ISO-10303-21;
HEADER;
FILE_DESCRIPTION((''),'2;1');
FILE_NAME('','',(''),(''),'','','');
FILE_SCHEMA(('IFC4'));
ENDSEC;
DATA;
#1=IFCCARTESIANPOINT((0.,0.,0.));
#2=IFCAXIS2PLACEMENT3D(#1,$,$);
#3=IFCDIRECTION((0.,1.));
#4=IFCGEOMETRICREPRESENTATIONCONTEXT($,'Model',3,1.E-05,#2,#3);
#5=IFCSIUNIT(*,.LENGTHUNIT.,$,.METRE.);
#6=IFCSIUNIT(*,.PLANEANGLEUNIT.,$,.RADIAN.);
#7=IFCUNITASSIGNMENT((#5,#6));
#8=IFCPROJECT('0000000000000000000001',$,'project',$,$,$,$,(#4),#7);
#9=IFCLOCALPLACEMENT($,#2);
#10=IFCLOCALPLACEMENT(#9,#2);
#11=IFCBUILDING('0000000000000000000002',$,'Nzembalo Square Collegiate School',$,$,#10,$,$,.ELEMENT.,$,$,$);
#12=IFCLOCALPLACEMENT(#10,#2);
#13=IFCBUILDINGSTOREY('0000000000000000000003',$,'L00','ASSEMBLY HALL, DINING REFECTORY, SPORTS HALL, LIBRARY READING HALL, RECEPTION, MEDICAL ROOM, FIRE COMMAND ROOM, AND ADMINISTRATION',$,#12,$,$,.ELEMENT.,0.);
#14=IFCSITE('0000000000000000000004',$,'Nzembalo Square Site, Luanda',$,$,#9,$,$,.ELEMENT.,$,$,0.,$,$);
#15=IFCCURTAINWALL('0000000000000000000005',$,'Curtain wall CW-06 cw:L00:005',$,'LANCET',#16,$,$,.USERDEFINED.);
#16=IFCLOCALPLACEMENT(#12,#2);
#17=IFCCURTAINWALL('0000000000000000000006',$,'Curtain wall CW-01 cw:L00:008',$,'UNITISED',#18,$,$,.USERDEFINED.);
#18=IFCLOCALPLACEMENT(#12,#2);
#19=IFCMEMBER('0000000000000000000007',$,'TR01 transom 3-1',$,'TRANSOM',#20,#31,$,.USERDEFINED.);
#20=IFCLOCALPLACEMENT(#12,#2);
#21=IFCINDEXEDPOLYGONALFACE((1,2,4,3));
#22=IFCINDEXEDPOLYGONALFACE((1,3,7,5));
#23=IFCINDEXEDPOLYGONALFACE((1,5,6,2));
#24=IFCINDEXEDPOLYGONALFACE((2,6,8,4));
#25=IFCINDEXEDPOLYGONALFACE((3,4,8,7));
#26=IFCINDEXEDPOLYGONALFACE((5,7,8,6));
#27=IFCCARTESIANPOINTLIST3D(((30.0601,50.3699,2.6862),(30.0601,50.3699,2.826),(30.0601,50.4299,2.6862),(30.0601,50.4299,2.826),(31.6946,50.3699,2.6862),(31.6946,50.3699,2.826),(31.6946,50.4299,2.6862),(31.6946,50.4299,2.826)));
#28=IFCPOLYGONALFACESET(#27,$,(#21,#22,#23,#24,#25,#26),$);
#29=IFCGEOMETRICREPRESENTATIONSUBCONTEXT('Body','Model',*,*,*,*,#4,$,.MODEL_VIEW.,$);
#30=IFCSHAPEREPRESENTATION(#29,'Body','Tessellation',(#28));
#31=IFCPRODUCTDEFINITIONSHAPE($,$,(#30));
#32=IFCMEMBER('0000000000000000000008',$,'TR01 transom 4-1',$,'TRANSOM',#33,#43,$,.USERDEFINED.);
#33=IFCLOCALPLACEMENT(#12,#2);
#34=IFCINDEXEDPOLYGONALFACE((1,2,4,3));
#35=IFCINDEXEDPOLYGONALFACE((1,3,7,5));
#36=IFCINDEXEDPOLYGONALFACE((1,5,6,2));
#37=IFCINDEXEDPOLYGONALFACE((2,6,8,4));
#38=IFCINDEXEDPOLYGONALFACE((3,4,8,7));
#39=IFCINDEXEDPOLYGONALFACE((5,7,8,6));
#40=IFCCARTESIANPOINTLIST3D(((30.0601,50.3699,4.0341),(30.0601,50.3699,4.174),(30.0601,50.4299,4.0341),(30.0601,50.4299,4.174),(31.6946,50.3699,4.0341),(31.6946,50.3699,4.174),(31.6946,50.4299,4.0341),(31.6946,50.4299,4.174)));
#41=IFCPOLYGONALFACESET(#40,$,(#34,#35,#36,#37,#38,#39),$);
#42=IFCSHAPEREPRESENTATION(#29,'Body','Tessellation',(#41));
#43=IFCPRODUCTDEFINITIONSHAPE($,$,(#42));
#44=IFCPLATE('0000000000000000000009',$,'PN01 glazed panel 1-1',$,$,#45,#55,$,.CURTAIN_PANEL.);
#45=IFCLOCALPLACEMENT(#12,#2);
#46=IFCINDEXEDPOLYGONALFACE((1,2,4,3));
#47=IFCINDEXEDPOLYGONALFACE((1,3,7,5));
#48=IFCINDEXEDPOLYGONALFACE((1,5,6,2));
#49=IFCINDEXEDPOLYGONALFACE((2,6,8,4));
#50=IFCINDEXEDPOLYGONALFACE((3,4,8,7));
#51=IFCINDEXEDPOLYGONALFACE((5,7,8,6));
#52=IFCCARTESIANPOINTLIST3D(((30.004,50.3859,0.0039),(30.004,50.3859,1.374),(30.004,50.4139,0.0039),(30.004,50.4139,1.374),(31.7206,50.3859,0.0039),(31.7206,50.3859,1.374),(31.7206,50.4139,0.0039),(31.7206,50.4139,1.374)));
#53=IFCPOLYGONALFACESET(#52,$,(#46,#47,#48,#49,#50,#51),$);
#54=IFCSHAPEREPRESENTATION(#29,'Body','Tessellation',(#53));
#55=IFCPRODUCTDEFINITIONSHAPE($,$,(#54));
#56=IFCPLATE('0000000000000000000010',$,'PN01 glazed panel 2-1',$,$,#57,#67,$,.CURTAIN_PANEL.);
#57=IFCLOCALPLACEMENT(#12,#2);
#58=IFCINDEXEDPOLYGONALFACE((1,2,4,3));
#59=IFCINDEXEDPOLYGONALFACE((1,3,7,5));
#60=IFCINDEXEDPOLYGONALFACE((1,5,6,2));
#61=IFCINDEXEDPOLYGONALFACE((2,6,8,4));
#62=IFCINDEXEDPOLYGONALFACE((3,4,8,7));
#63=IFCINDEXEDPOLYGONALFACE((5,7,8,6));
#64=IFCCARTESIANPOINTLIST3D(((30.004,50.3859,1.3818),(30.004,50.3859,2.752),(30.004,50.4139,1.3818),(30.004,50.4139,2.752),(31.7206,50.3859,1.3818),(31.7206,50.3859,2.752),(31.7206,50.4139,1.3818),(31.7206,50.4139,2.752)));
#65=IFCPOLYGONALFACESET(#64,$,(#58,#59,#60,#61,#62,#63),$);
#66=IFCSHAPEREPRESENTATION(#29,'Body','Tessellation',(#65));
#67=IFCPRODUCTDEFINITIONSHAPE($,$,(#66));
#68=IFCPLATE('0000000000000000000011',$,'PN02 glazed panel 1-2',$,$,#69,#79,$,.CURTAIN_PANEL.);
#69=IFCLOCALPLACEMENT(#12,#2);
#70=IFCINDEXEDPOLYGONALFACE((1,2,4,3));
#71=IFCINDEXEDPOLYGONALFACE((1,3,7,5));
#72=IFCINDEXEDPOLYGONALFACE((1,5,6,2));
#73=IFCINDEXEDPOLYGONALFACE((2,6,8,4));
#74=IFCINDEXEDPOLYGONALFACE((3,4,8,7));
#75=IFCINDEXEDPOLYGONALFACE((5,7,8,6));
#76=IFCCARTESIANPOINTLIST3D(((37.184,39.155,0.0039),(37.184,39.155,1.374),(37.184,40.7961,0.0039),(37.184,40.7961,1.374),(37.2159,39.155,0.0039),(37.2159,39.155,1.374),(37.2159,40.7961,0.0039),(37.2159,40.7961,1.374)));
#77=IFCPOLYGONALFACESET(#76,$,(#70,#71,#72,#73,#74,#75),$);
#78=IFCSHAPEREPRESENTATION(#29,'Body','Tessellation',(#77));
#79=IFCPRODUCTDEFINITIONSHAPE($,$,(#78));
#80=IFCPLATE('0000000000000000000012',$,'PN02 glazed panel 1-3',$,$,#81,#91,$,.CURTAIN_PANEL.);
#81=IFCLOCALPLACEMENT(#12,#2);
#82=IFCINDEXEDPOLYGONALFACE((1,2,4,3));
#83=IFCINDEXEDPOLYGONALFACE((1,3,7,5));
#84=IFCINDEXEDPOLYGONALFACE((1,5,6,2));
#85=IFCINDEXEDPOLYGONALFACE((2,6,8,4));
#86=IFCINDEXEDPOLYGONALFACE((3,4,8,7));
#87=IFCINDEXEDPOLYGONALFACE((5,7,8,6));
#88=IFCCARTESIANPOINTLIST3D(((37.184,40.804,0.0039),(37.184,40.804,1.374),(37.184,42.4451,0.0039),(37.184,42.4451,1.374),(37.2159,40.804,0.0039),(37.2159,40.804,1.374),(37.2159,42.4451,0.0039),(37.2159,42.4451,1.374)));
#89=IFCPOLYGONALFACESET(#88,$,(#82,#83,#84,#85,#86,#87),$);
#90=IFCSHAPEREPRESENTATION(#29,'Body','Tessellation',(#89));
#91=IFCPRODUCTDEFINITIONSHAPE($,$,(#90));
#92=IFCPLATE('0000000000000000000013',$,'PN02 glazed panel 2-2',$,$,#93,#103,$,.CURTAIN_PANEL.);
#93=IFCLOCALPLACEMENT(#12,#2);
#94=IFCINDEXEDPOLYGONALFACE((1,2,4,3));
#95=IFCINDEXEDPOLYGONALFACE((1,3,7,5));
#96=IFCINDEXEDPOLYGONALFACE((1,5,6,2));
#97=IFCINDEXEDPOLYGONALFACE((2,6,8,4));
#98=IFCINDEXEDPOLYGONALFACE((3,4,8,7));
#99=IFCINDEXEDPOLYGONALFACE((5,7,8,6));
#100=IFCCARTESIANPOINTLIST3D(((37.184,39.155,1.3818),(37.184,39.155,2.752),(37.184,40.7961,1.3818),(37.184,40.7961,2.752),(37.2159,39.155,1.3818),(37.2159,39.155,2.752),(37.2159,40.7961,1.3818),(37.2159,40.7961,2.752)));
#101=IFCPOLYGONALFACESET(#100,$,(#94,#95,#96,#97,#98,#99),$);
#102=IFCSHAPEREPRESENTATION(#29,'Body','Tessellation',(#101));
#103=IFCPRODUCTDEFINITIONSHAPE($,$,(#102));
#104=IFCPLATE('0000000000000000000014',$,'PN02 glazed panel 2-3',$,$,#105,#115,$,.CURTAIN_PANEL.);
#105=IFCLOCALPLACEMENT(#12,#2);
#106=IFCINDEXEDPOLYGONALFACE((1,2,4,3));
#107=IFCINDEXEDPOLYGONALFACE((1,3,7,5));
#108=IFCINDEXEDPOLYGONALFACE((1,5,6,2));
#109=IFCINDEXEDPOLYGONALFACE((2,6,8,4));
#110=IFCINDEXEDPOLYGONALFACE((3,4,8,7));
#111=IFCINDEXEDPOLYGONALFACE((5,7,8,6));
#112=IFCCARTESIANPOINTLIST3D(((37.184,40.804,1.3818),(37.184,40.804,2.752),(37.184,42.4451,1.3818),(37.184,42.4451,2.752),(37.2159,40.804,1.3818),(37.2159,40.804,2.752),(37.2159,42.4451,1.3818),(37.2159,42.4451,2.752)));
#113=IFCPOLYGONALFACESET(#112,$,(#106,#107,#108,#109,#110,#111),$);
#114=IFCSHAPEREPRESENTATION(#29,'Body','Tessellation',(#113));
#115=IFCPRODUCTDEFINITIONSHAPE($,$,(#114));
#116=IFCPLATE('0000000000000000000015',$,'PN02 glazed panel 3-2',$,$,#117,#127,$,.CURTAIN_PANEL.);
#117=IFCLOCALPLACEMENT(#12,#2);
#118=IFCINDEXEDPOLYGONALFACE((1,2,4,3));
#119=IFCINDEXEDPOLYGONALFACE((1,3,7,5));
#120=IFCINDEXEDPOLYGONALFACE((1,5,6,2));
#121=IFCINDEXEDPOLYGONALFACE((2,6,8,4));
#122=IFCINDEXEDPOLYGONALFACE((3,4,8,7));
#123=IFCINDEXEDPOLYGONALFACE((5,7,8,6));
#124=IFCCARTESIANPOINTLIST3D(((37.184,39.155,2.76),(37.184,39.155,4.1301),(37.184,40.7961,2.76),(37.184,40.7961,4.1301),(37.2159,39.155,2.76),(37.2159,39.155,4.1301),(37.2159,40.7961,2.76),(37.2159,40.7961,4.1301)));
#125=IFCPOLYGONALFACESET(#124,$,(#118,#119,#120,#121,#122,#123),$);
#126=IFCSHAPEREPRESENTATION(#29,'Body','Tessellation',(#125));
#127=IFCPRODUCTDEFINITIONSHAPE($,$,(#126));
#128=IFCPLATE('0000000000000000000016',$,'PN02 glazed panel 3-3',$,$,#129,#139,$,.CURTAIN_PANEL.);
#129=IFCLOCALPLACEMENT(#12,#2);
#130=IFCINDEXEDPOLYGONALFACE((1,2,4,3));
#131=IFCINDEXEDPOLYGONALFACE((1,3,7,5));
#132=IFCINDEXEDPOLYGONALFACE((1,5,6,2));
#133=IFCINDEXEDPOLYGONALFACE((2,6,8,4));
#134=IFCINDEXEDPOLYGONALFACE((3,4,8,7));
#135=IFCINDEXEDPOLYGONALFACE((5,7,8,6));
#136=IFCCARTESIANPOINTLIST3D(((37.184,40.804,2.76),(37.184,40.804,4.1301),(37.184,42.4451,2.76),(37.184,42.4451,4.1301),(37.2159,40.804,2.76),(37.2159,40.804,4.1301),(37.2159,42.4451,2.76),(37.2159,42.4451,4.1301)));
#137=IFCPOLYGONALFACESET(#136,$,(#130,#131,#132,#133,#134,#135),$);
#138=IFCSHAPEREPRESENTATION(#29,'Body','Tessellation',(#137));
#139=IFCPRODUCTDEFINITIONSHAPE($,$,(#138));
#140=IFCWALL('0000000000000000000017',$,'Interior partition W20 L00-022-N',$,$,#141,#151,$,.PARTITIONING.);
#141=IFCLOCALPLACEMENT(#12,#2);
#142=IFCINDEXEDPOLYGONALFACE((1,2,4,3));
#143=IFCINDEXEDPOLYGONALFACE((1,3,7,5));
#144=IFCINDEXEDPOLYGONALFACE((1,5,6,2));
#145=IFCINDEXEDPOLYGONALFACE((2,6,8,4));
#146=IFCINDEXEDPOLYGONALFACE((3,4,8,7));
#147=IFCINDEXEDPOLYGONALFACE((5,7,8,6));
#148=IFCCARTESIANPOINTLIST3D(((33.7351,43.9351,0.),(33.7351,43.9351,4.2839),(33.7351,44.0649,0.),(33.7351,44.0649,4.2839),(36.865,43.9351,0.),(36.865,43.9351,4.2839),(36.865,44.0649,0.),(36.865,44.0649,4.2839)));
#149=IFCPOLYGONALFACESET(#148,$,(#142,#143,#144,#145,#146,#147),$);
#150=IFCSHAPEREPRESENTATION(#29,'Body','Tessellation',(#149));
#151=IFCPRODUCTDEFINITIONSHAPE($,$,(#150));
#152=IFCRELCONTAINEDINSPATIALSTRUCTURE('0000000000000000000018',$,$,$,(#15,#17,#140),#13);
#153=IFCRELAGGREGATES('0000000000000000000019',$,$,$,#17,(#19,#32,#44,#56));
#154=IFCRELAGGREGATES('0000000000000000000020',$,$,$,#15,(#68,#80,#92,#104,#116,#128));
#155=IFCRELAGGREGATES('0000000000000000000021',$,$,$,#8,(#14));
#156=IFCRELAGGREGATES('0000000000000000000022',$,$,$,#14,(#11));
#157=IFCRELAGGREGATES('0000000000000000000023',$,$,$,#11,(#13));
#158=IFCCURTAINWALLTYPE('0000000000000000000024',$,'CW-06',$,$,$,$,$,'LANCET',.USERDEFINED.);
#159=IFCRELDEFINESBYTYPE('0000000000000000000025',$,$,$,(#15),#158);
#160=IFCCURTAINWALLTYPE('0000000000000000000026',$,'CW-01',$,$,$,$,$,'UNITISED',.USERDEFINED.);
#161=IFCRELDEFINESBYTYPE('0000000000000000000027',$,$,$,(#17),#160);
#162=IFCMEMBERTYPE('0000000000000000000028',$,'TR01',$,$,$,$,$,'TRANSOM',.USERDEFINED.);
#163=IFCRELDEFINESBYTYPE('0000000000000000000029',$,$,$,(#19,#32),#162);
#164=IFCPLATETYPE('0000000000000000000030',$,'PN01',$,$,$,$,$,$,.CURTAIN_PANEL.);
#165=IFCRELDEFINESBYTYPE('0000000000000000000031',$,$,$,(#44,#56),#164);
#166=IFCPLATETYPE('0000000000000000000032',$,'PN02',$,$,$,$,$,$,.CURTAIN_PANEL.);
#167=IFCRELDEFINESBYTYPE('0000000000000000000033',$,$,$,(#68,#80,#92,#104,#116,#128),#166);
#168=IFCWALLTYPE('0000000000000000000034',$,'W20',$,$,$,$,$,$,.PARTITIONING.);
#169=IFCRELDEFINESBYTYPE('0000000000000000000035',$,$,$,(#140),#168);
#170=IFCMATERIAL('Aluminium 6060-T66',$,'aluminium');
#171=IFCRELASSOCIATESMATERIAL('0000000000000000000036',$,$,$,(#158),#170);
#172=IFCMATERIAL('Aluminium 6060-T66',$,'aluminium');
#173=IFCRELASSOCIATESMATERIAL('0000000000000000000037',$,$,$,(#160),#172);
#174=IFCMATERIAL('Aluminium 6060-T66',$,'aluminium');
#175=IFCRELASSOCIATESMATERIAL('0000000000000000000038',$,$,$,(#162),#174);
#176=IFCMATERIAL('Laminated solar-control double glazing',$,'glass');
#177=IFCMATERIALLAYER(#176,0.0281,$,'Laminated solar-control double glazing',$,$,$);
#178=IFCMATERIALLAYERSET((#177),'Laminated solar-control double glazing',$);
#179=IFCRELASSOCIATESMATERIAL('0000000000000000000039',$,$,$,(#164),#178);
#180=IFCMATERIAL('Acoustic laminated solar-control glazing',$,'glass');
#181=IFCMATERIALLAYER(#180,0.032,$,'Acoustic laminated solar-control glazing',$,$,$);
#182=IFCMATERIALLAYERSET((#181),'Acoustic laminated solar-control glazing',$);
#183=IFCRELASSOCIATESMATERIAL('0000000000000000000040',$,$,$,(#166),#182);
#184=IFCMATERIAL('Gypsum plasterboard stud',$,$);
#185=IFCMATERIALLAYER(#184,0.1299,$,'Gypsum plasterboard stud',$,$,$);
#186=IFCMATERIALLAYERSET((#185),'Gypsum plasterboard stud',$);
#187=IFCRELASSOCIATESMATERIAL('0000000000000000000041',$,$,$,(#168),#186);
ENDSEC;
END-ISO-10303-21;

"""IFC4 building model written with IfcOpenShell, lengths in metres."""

from ifc_helpers import new_model, si_unit, direction, frame, frame_2d, origin, origin_2d, place, context, subcontext, project, spatial, rectangle, extrude, material, layer, layer_set, material_profile, profile_set, type_object, element, aggregate, save


model = new_model("IFC4")

# Units and contexts
model_context = context("Model", 3, precision=1e-05, world=origin(), true_north=direction((0.0, 1.0)))
body_context = subcontext(model_context, "Body", "Model", "MODEL_VIEW")
ifc_project = project(units=[si_unit("LENGTHUNIT", "METRE"), si_unit("PLANEANGLEUNIT", "RADIAN")], contexts=[model_context])

# Site, building, storey
site_placement = place(None, origin())
site = spatial("IfcSite", under=ifc_project, at=site_placement, Name="Nzembalo Square Site, Luanda", CompositionType="ELEMENT", RefElevation=0.0)
building_placement = place(site_placement, origin())
building = spatial("IfcBuilding", under=site, at=building_placement, Name="Nzembalo Square Collegiate School", CompositionType="ELEMENT")
storey_placement = place(building_placement, origin())
storey = spatial("IfcBuildingStorey", under=building, at=storey_placement, Name="L00", Description="ASSEMBLY HALL, DINING REFECTORY, SPORTS HALL, LIBRARY READING HALL, RECEPTION, MEDICAL ROOM, FIRE COMMAND ROOM, AND ADMINISTRATION", CompositionType="ELEMENT", Elevation=0.0)

# Curtain wall
ifc_material_1 = material(Name="Aluminium 6060-T66", Category="aluminium")
curtain_wall_type_1 = type_object("IfcCurtainWallType", Name="CW-06", ElementType="LANCET", PredefinedType="USERDEFINED", material=ifc_material_1)
curtain_wall_1_placement = place(storey_placement, origin())
curtain_wall_1 = element("IfcCurtainWall", 1, at=curtain_wall_1_placement, inside=storey, type_object=curtain_wall_type_1, Name="Curtain wall CW-06 cw:L00:005", ObjectType="LANCET", PredefinedType="USERDEFINED")

# Curtain wall
ifc_material_2 = material(Name="Aluminium 6060-T66", Category="aluminium")
curtain_wall_type_2 = type_object("IfcCurtainWallType", Name="CW-01", ElementType="UNITISED", PredefinedType="USERDEFINED", material=ifc_material_2)
curtain_wall_2_placement = place(storey_placement, origin())
curtain_wall_2 = element("IfcCurtainWall", 2, at=curtain_wall_2_placement, inside=storey, type_object=curtain_wall_type_2, Name="Curtain wall CW-01 cw:L00:008", ObjectType="UNITISED", PredefinedType="USERDEFINED")

# Members
ifc_material_3 = material(Name="Aluminium 6060-T66", Category="aluminium")
ifc_material_profile_1 = material_profile(ifc_material_3, rectangle(XDim=0.0601, YDim=0.1399, at=origin_2d()), Name="ALU T60x140")
ifc_profile_set_1 = profile_set([ifc_material_profile_1], Name="Aluminium 6060-T66")
member_type_1 = type_object("IfcMemberType", Name="TR01", ElementType="TRANSOM", PredefinedType="USERDEFINED", material=ifc_profile_set_1)
member_1_placement = place(storey_placement, frame((30.0601, 50.3999, 2.7561), z_axis=(1.0, 0.0, 0.0), x_axis=(0.0, 1.0, 0.0)))
member_1 = element("IfcMember", 3, at=member_1_placement, type_object=member_type_1, Name="TR01 transom 3-1", ObjectType="TRANSOM", PredefinedType="USERDEFINED", context=body_context, shape_type="SweptSolid", body=[
    extrude(rectangle(XDim=0.0601, YDim=0.1399, at=origin_2d()), origin(), (0.0, 0.0, 1.0), 1.6345),
])
member_2_placement = place(storey_placement, frame((30.0601, 50.3999, 4.104), z_axis=(1.0, 0.0, 0.0), x_axis=(0.0, 1.0, 0.0)))
member_2 = element("IfcMember", 4, at=member_2_placement, type_object=member_type_1, Name="TR01 transom 4-1", ObjectType="TRANSOM", PredefinedType="USERDEFINED", context=body_context, shape_type="SweptSolid", body=[
    extrude(rectangle(XDim=0.0601, YDim=0.1399, at=origin_2d()), origin(), (0.0, 0.0, 1.0), 1.6345),
])

# Plates
ifc_material_4 = material(Name="Laminated solar-control double glazing", Category="glass")
ifc_layer_1 = layer(ifc_material_4, 0.0281, Name="Laminated solar-control double glazing")
ifc_layer_set_1 = layer_set([ifc_layer_1], Name="Laminated solar-control double glazing")
plate_type_1 = type_object("IfcPlateType", Name="PN01", PredefinedType="CURTAIN_PANEL", material=ifc_layer_set_1)
plate_1_placement = place(storey_placement, frame((30.8623, 50.3999, 0.0039), z_axis=(0.0, 0.0, 1.0), x_axis=(1.0, 0.0, 0.0)))
plate_1 = element("IfcPlate", 5, at=plate_1_placement, type_object=plate_type_1, Name="PN01 glazed panel 1-1", PredefinedType="CURTAIN_PANEL", context=body_context, shape_type="SweptSolid", body=[
    extrude(rectangle(XDim=1.7166, YDim=0.0281, at=origin_2d()), origin(), (0.0, 0.0, 1.0), 1.3701),
])
plate_2_placement = place(storey_placement, frame((30.8623, 50.3999, 1.3818), z_axis=(0.0, 0.0, 1.0), x_axis=(1.0, 0.0, 0.0)))
plate_2 = element("IfcPlate", 6, at=plate_2_placement, type_object=plate_type_1, Name="PN01 glazed panel 2-1", PredefinedType="CURTAIN_PANEL", context=body_context, shape_type="SweptSolid", body=[
    extrude(rectangle(XDim=1.7166, YDim=0.0281, at=origin_2d()), origin(), (0.0, 0.0, 1.0), 1.3701),
])
aggregate(curtain_wall_2, [member_1, member_2, plate_1, plate_2])
ifc_material_5 = material(Name="Acoustic laminated solar-control glazing", Category="glass")
ifc_layer_2 = layer(ifc_material_5, 0.032, Name="Acoustic laminated solar-control glazing")
ifc_layer_set_2 = layer_set([ifc_layer_2], Name="Acoustic laminated solar-control glazing")
plate_type_2 = type_object("IfcPlateType", Name="PN02", PredefinedType="CURTAIN_PANEL", material=ifc_layer_set_2)
plate_3_placement = place(storey_placement, frame((37.2, 39.9756, 0.0039), z_axis=(0.0, 0.0, 1.0), x_axis=(0.0, 1.0, 0.0)))
plate_3 = element("IfcPlate", 7, at=plate_3_placement, type_object=plate_type_2, Name="PN02 glazed panel 1-2", PredefinedType="CURTAIN_PANEL", context=body_context, shape_type="SweptSolid", body=[
    extrude(rectangle(XDim=1.6411, YDim=0.032, at=origin_2d()), origin(), (0.0, 0.0, 1.0), 1.3701),
])
plate_4_placement = place(storey_placement, frame((37.2, 41.6245, 0.0039), z_axis=(0.0, 0.0, 1.0), x_axis=(0.0, 1.0, 0.0)))
plate_4 = element("IfcPlate", 8, at=plate_4_placement, type_object=plate_type_2, Name="PN02 glazed panel 1-3", PredefinedType="CURTAIN_PANEL", context=body_context, shape_type="SweptSolid", body=[
    extrude(rectangle(XDim=1.6411, YDim=0.032, at=origin_2d()), origin(), (0.0, 0.0, 1.0), 1.3701),
])
plate_5_placement = place(storey_placement, frame((37.2, 39.9756, 1.3818), z_axis=(0.0, 0.0, 1.0), x_axis=(0.0, 1.0, 0.0)))
plate_5 = element("IfcPlate", 9, at=plate_5_placement, type_object=plate_type_2, Name="PN02 glazed panel 2-2", PredefinedType="CURTAIN_PANEL", context=body_context, shape_type="SweptSolid", body=[
    extrude(rectangle(XDim=1.6411, YDim=0.032, at=origin_2d()), origin(), (0.0, 0.0, 1.0), 1.3701),
])
plate_6_placement = place(storey_placement, frame((37.2, 41.6245, 1.3818), z_axis=(0.0, 0.0, 1.0), x_axis=(0.0, 1.0, 0.0)))
plate_6 = element("IfcPlate", 10, at=plate_6_placement, type_object=plate_type_2, Name="PN02 glazed panel 2-3", PredefinedType="CURTAIN_PANEL", context=body_context, shape_type="SweptSolid", body=[
    extrude(rectangle(XDim=1.6411, YDim=0.032, at=origin_2d()), origin(), (0.0, 0.0, 1.0), 1.3701),
])
plate_7_placement = place(storey_placement, frame((37.2, 39.9756, 2.76), z_axis=(0.0, 0.0, 1.0), x_axis=(0.0, 1.0, 0.0)))
plate_7 = element("IfcPlate", 11, at=plate_7_placement, type_object=plate_type_2, Name="PN02 glazed panel 3-2", PredefinedType="CURTAIN_PANEL", context=body_context, shape_type="SweptSolid", body=[
    extrude(rectangle(XDim=1.6411, YDim=0.032, at=origin_2d()), origin(), (0.0, 0.0, 1.0), 1.3701),
])
plate_8_placement = place(storey_placement, frame((37.2, 41.6245, 2.76), z_axis=(0.0, 0.0, 1.0), x_axis=(0.0, 1.0, 0.0)))
plate_8 = element("IfcPlate", 12, at=plate_8_placement, type_object=plate_type_2, Name="PN02 glazed panel 3-3", PredefinedType="CURTAIN_PANEL", context=body_context, shape_type="SweptSolid", body=[
    extrude(rectangle(XDim=1.6411, YDim=0.032, at=origin_2d()), origin(), (0.0, 0.0, 1.0), 1.3701),
])
aggregate(curtain_wall_1, [plate_3, plate_4, plate_5, plate_6, plate_7, plate_8])

# Wall
ifc_material_6 = material(Name="Gypsum plasterboard stud")
ifc_layer_3 = layer(ifc_material_6, 0.1299, Name="Gypsum plasterboard stud")
ifc_layer_set_3 = layer_set([ifc_layer_3], Name="Gypsum plasterboard stud")
wall_type = type_object("IfcWallType", Name="W20", PredefinedType="PARTITIONING", material=ifc_layer_set_3)
wall_placement = place(storey_placement, frame((33.7351, 44.0, 0.0), z_axis=(0.0, 0.0, 1.0), x_axis=(1.0, 0.0, 0.0)))
element("IfcWall", 13, at=wall_placement, inside=storey, type_object=wall_type, Name="Interior partition W20 L00-022-N", PredefinedType="PARTITIONING", context=body_context, shape_type="SweptSolid", body=[
    extrude(rectangle(XDim=3.1299, YDim=0.1299, at=frame_2d((1.5649, 0.0))), origin(), (0.0, 0.0, 1.0), 4.2839),
])

save(model, "model.ifc")
